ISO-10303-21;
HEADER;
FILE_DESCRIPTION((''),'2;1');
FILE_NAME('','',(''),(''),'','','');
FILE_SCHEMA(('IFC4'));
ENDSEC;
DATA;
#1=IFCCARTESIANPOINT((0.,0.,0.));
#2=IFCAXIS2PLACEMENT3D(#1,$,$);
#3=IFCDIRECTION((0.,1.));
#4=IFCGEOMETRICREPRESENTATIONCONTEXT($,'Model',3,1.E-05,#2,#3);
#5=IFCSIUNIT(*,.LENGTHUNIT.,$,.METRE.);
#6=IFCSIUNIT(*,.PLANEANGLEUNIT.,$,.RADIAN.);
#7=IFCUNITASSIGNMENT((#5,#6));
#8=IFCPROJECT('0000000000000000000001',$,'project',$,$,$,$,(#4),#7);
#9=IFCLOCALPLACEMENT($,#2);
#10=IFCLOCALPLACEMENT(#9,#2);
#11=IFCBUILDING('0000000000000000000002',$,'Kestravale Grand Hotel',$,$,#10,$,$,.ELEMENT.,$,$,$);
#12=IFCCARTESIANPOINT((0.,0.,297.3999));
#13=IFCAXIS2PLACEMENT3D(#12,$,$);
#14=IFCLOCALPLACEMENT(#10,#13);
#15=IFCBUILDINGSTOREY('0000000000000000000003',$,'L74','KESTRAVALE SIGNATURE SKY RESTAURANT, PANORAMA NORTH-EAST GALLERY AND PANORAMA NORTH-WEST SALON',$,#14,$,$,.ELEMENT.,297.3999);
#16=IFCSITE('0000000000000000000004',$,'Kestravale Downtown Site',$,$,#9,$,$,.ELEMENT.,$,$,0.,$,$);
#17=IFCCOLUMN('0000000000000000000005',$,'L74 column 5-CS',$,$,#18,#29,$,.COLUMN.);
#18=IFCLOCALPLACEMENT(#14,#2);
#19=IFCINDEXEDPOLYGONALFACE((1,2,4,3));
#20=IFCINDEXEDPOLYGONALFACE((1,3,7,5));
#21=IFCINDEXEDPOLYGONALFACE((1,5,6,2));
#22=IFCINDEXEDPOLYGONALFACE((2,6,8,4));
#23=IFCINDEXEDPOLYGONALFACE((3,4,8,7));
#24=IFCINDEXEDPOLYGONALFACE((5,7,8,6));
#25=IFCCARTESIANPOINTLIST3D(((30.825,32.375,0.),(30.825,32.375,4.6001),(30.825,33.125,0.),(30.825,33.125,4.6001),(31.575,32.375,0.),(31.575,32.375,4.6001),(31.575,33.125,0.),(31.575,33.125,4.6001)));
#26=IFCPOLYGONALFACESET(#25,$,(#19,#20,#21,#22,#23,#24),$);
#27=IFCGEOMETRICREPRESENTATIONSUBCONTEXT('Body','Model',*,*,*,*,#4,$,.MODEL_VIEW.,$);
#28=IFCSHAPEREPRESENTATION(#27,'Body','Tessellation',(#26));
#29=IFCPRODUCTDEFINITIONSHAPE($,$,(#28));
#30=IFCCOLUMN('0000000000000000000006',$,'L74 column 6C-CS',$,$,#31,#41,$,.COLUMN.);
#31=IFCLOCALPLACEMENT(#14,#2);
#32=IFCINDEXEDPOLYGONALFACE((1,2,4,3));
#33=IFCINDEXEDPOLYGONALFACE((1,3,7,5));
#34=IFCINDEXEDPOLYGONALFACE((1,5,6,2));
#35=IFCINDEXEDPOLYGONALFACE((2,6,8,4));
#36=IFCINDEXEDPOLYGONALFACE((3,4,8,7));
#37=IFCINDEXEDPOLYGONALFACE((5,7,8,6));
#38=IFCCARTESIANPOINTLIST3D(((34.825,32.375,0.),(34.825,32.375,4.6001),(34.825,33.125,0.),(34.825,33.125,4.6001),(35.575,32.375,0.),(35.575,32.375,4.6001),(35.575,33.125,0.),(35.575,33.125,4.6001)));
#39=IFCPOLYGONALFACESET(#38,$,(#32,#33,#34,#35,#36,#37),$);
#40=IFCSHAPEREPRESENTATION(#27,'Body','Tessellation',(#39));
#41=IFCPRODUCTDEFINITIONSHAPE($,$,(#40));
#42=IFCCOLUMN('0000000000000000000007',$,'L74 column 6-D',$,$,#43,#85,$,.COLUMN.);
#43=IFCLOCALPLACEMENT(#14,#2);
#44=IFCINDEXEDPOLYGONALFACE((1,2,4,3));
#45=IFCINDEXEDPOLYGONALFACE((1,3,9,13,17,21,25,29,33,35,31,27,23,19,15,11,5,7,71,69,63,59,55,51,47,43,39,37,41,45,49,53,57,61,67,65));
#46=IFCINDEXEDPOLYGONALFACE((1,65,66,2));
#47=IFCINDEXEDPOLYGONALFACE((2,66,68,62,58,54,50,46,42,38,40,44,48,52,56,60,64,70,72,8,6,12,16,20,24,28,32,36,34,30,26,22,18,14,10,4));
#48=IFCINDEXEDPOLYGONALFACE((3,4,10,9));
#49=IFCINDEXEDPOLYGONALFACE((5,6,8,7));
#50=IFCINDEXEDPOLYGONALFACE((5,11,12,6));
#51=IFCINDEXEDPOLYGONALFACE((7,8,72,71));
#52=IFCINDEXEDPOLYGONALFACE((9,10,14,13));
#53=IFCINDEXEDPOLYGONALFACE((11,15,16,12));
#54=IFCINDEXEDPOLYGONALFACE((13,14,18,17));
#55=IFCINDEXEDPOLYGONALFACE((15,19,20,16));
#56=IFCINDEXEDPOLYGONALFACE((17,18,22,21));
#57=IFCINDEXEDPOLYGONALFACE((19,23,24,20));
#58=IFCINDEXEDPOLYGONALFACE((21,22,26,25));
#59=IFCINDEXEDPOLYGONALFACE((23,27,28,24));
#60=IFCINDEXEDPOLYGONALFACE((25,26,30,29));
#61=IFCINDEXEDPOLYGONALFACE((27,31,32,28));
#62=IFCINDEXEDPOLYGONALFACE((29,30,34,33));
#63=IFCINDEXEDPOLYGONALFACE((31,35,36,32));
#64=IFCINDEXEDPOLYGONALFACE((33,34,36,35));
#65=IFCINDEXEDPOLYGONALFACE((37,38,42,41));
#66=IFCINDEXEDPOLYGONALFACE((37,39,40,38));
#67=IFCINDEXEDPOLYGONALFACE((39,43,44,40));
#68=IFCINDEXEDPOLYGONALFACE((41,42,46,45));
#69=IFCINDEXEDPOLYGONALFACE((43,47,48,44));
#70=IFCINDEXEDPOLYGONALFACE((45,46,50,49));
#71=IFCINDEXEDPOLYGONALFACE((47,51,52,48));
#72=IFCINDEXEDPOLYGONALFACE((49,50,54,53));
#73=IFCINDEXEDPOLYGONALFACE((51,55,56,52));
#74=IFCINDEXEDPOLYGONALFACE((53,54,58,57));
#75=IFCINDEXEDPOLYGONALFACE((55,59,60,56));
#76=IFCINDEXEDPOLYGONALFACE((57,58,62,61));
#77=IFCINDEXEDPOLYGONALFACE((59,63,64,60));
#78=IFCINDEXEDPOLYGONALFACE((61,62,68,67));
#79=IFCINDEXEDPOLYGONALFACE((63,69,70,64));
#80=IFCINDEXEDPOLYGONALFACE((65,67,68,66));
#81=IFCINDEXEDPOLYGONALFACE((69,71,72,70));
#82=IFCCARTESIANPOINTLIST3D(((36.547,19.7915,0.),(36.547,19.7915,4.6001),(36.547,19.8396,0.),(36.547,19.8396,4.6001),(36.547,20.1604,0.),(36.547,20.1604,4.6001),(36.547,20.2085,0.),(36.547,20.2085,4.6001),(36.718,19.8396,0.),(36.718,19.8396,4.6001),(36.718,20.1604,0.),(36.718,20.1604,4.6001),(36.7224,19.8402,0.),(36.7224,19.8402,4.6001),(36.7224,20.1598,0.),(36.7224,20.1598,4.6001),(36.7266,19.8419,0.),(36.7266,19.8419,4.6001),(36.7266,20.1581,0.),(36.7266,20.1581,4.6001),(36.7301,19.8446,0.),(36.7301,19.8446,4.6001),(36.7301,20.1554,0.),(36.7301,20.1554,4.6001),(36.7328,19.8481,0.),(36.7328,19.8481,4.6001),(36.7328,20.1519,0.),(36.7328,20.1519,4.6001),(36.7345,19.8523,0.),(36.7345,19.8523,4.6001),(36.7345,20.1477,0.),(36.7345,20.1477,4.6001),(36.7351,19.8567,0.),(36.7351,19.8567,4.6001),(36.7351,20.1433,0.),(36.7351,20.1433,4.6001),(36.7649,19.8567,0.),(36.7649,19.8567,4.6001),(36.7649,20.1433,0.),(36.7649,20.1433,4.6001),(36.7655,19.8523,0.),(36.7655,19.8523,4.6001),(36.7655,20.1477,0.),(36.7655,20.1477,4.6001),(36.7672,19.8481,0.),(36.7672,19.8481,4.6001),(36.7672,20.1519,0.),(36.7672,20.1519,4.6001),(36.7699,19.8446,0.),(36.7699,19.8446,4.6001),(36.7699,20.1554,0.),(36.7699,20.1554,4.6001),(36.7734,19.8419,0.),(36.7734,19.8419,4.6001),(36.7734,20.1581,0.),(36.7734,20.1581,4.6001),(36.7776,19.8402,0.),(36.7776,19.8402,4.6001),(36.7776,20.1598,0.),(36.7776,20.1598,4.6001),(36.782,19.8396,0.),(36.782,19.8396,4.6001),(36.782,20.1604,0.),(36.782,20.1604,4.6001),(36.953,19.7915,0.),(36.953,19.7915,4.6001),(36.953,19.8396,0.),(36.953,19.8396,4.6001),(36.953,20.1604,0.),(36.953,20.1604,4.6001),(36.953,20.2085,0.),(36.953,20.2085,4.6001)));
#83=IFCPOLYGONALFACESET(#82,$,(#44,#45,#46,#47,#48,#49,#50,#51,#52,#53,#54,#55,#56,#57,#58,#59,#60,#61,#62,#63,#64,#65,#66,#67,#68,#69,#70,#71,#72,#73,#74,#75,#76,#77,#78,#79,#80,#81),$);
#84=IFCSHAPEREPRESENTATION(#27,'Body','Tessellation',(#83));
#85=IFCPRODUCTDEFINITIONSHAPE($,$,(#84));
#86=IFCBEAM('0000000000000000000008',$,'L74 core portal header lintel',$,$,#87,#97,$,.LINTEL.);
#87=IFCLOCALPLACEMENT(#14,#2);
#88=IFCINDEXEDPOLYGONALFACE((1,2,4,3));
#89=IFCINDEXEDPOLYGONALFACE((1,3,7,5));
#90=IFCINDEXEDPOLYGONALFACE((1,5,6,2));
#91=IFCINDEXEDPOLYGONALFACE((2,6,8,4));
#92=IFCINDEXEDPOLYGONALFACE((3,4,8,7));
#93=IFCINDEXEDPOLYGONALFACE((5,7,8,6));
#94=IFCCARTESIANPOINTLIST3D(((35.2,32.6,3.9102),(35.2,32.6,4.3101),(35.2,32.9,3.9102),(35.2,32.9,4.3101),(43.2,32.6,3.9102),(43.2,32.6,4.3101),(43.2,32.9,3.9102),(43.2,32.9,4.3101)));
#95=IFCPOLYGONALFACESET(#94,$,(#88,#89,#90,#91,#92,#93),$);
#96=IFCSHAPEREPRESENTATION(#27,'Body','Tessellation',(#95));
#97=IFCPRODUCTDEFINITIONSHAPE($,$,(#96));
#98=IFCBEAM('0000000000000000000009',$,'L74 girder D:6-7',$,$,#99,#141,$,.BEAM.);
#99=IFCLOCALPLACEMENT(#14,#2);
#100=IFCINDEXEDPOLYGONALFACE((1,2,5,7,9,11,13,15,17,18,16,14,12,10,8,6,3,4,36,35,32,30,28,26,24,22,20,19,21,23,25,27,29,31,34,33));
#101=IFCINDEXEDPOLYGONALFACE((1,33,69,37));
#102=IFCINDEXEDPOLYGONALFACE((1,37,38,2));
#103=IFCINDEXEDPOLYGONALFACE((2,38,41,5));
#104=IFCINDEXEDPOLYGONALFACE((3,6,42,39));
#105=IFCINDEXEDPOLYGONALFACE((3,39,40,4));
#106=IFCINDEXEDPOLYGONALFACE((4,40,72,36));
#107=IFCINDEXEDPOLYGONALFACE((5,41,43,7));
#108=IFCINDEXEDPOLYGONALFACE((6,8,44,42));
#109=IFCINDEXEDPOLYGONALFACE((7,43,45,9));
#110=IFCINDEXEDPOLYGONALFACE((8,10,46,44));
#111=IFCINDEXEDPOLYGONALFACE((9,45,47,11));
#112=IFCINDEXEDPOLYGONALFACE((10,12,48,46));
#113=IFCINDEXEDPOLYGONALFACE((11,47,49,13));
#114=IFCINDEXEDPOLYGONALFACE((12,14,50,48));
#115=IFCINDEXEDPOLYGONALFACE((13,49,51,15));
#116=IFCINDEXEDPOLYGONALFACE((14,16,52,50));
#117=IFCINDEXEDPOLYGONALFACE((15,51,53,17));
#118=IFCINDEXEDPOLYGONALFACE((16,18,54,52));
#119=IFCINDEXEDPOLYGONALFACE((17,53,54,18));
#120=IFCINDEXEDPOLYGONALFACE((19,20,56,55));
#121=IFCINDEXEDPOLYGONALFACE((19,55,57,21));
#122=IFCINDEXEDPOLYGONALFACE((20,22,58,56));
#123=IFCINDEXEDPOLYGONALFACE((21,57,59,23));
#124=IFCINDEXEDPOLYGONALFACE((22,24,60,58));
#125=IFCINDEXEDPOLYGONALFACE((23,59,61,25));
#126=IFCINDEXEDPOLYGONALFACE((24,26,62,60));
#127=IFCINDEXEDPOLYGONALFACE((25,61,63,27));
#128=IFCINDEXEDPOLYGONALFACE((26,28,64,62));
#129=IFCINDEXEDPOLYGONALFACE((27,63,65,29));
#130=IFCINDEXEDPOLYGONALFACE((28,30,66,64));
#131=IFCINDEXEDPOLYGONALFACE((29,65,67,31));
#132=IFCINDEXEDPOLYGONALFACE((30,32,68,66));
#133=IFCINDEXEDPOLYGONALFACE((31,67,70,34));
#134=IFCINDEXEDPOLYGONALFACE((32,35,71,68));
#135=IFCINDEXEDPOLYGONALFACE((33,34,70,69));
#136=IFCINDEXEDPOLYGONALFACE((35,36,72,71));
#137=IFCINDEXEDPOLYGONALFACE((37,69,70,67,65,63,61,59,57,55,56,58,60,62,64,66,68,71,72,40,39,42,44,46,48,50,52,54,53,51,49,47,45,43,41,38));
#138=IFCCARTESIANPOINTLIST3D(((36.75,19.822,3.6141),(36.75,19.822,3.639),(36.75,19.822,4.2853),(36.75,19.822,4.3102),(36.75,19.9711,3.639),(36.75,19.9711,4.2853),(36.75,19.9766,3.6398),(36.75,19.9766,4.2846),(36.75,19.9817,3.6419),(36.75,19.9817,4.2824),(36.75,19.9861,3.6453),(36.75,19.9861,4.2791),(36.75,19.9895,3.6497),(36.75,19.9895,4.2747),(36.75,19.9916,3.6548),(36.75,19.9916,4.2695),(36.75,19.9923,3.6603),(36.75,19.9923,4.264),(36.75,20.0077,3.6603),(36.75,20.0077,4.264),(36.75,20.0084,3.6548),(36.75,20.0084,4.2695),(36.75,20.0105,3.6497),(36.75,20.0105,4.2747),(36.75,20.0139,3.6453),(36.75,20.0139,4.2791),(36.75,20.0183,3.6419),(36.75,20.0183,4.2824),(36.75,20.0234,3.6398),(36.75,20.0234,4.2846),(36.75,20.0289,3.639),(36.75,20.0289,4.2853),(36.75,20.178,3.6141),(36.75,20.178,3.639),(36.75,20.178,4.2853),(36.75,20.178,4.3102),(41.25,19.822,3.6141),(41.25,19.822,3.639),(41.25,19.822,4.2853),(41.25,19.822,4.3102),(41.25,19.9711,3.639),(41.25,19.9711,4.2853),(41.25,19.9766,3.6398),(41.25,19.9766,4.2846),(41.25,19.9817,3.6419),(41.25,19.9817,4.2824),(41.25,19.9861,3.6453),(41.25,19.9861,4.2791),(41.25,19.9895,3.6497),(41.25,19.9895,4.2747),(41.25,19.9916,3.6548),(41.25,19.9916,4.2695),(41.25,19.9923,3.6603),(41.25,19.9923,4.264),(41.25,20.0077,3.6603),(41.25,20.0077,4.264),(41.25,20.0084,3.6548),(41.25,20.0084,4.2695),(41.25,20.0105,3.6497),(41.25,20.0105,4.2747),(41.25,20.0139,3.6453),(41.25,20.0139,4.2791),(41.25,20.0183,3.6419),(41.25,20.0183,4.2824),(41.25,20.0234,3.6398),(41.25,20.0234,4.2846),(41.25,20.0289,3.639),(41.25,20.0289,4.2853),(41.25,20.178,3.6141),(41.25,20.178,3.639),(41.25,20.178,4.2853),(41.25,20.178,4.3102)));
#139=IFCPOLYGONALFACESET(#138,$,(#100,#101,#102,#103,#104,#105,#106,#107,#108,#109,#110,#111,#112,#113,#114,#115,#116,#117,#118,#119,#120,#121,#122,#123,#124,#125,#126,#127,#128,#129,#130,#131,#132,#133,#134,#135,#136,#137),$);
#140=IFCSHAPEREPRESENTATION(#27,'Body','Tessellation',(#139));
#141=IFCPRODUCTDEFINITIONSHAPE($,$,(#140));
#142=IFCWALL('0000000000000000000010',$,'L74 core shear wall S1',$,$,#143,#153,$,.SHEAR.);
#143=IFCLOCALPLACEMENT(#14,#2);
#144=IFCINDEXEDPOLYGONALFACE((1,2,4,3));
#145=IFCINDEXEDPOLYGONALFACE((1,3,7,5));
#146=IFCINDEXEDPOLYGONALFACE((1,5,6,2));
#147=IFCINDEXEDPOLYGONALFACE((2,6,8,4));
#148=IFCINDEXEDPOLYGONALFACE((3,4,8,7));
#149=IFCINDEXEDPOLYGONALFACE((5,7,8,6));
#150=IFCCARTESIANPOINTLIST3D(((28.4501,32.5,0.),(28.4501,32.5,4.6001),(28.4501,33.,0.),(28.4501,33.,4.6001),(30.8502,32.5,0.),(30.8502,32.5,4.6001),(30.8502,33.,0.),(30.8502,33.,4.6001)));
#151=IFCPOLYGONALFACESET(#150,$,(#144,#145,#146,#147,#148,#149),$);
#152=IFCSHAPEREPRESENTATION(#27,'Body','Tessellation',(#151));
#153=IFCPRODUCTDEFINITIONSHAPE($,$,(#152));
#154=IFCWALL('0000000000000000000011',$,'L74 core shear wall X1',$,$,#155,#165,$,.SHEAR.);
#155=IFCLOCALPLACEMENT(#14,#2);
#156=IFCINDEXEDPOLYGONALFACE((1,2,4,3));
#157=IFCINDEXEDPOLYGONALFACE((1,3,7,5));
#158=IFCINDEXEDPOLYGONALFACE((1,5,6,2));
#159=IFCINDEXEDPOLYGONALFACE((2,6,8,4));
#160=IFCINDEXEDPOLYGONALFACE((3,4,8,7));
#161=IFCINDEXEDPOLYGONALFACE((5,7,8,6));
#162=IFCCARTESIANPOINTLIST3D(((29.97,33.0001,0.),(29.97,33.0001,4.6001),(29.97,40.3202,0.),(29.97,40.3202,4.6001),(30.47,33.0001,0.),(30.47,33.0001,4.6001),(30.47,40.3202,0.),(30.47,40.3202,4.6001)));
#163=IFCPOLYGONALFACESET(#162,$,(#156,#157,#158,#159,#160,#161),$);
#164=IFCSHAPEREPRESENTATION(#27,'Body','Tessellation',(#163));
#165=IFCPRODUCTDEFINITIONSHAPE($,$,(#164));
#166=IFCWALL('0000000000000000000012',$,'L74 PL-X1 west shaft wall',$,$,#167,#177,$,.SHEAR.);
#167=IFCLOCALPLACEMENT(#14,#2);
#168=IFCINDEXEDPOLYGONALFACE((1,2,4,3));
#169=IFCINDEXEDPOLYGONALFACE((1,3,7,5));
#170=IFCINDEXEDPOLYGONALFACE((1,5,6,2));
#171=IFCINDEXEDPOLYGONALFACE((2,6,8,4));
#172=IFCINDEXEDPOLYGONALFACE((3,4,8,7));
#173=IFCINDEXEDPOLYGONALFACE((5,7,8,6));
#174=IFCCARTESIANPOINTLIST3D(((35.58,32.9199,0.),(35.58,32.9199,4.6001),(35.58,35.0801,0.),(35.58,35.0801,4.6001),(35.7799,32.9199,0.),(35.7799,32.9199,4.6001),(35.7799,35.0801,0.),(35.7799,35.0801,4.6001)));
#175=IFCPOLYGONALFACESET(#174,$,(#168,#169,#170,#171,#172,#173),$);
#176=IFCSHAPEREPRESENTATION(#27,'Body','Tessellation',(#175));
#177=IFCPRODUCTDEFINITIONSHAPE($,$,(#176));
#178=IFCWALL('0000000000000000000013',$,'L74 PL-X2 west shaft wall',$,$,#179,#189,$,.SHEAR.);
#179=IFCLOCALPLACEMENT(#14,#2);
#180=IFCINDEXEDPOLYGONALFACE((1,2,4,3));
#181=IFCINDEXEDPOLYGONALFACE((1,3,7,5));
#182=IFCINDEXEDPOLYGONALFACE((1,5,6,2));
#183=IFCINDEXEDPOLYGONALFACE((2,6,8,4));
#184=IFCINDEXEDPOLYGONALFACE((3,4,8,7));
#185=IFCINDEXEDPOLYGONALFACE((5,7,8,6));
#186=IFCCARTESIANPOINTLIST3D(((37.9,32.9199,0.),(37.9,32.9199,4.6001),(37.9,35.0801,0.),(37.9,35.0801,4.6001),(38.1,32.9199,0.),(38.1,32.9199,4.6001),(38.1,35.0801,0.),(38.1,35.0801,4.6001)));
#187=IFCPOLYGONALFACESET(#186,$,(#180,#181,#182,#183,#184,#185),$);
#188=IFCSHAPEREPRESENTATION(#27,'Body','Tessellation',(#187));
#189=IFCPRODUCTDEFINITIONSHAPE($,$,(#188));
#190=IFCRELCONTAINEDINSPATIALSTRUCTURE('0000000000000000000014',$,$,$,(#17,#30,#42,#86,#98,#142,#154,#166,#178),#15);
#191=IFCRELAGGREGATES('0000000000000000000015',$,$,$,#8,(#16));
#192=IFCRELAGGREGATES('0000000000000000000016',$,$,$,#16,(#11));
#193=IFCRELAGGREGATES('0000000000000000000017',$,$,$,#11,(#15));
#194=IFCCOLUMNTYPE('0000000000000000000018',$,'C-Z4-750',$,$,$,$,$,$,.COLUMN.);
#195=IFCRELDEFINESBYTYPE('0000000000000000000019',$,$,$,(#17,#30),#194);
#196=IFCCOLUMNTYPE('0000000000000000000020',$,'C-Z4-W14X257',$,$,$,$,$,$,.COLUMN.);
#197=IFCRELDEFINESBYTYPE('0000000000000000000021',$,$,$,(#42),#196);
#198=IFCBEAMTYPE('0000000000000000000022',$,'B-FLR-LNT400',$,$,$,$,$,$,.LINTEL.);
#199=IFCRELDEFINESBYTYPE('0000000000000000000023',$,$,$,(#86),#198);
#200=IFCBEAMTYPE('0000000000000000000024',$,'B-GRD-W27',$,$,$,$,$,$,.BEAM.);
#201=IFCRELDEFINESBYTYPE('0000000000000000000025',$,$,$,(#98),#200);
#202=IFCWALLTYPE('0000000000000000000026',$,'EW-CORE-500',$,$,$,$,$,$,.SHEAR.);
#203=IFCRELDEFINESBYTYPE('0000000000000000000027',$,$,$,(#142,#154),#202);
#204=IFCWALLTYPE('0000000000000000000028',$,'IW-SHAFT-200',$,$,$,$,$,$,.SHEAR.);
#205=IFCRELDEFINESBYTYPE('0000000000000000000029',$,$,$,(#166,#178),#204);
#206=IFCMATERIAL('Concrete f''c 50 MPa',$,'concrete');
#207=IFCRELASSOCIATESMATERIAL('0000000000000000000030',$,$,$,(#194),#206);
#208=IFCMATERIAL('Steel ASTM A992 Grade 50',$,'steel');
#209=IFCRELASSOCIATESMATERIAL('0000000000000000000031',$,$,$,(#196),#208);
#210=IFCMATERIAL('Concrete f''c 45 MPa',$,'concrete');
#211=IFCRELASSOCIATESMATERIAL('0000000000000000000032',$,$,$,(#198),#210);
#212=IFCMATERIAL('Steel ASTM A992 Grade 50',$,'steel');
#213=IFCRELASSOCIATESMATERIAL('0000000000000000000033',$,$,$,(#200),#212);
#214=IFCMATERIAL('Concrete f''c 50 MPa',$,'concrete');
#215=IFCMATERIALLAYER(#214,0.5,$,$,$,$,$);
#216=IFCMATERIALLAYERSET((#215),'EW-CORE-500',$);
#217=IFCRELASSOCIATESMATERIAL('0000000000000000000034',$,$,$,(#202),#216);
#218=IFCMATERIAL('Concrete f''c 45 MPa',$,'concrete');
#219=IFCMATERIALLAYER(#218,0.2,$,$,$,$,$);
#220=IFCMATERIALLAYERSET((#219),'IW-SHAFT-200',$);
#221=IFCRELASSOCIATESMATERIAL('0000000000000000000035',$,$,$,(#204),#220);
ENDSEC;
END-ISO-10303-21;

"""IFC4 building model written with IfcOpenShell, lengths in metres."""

from ifc_helpers import new_model, si_unit, direction, frame, frame_2d, origin, origin_2d, place, context, subcontext, project, spatial, rectangle, i_section, extrude, material, layer, layer_set, material_profile, profile_set, type_object, element, save


model = new_model("IFC4")

# Units and contexts
model_context = context("Model", 3, precision=1e-05, world=origin(), true_north=direction((0.0, 1.0)))
body_context = subcontext(model_context, "Body", "Model", "MODEL_VIEW")
ifc_project = project(units=[si_unit("LENGTHUNIT", "METRE"), si_unit("PLANEANGLEUNIT", "RADIAN")], contexts=[model_context])

# Site, building, storey
site_placement = place(None, origin())
site = spatial("IfcSite", under=ifc_project, at=site_placement, Name="Kestravale Downtown Site", CompositionType="ELEMENT", RefElevation=0.0)
building_placement = place(site_placement, origin())
building = spatial("IfcBuilding", under=site, at=building_placement, Name="Kestravale Grand Hotel", CompositionType="ELEMENT")
storey_placement = place(building_placement, frame((0.0, 0.0, 297.3999)))
storey = spatial("IfcBuildingStorey", under=building, at=storey_placement, Name="L74", Description="KESTRAVALE SIGNATURE SKY RESTAURANT, PANORAMA NORTH-EAST GALLERY AND PANORAMA NORTH-WEST SALON", CompositionType="ELEMENT", Elevation=297.3999)

# Columns
ifc_material_1 = material(Name="Concrete f'c 50 MPa", Category="concrete")
ifc_material_profile_1 = material_profile(ifc_material_1, rectangle(XDim=0.75, YDim=0.75, at=origin_2d()))
ifc_profile_set_1 = profile_set([ifc_material_profile_1], Name="Concrete f'c 50 MPa")
column_type_1 = type_object("IfcColumnType", Name="C-Z4-750", PredefinedType="COLUMN", material=ifc_profile_set_1)
for number, where, z_axis, x_axis, name in (
    (1, (31.2, 32.75, 0.0), (0.0, 0.0, 1.0), (1.0, 0.0, 0.0), "L74 column 5-CS"),
    (2, (35.2, 32.75, 0.0), (0.0, 0.0, 1.0), (1.0, 0.0, 0.0), "L74 column 6C-CS"),
):
    element("IfcColumn", number, at=place(storey_placement, frame(where, z_axis=z_axis, x_axis=x_axis)), inside=storey, type_object=column_type_1, Name=name, PredefinedType="COLUMN", context=body_context, shape_type="SweptSolid", body=[
        extrude(rectangle(XDim=0.75, YDim=0.75, at=origin_2d()), origin(), (0.0, 0.0, 1.0), 4.6001),
    ])
ifc_material_2 = material(Name="Steel ASTM A992 Grade 50", Category="steel")
ifc_material_profile_2 = material_profile(ifc_material_2, i_section(OverallWidth=0.406, OverallDepth=0.417, WebThickness=0.0298, FlangeThickness=0.0481, FilletRadius=0.0171, at=origin_2d()))
ifc_profile_set_2 = profile_set([ifc_material_profile_2], Name="Steel ASTM A992 Grade 50")
column_type_2 = type_object("IfcColumnType", Name="C-Z4-W14X257", PredefinedType="COLUMN", material=ifc_profile_set_2)
column_placement = place(storey_placement, frame((36.75, 20.0, 0.0), z_axis=(0.0, 0.0, 1.0), x_axis=(1.0, 0.0, 0.0)))
element("IfcColumn", 3, at=column_placement, inside=storey, type_object=column_type_2, Name="L74 column 6-D", PredefinedType="COLUMN", context=body_context, shape_type="SweptSolid", body=[
    extrude(i_section(OverallWidth=0.406, OverallDepth=0.417, WebThickness=0.0298, FlangeThickness=0.0481, FilletRadius=0.0171, at=origin_2d()), origin(), (0.0, 0.0, 1.0), 4.6001),
])

# Beams
ifc_material_3 = material(Name="Concrete f'c 45 MPa", Category="concrete")
ifc_material_profile_3 = material_profile(ifc_material_3, rectangle(XDim=0.3, YDim=0.3999, at=origin_2d()))
ifc_profile_set_3 = profile_set([ifc_material_profile_3], Name="Concrete f'c 45 MPa")
beam_type_1 = type_object("IfcBeamType", Name="B-FLR-LNT400", PredefinedType="LINTEL", material=ifc_profile_set_3)
beam_1_placement = place(storey_placement, frame((35.2, 32.75, 4.1101), z_axis=(1.0, 0.0, 0.0), x_axis=(0.0, 1.0, 0.0)))
element("IfcBeam", 4, at=beam_1_placement, inside=storey, type_object=beam_type_1, Name="L74 core portal header lintel", PredefinedType="LINTEL", context=body_context, shape_type="SweptSolid", body=[
    extrude(rectangle(XDim=0.3, YDim=0.3999, at=origin_2d()), origin(), (0.0, 0.0, 1.0), 8.0),
])
ifc_material_4 = material(Name="Steel ASTM A992 Grade 50", Category="steel")
ifc_material_profile_4 = material_profile(ifc_material_4, i_section(OverallWidth=0.356, OverallDepth=0.696, WebThickness=0.0154, FlangeThickness=0.0249, FilletRadius=0.0212, at=origin_2d()))
ifc_profile_set_4 = profile_set([ifc_material_profile_4], Name="Steel ASTM A992 Grade 50")
beam_type_2 = type_object("IfcBeamType", Name="B-GRD-W27", PredefinedType="BEAM", material=ifc_profile_set_4)
beam_2_placement = place(storey_placement, frame((36.75, 20.0, 3.9622), z_axis=(1.0, 0.0, 0.0), x_axis=(0.0, 1.0, 0.0)))
element("IfcBeam", 5, at=beam_2_placement, inside=storey, type_object=beam_type_2, Name="L74 girder D:6-7", PredefinedType="BEAM", context=body_context, shape_type="SweptSolid", body=[
    extrude(i_section(OverallWidth=0.356, OverallDepth=0.696, WebThickness=0.0154, FlangeThickness=0.0249, FilletRadius=0.0212, at=origin_2d()), origin(), (0.0, 0.0, 1.0), 4.5),
])

# Walls
ifc_material_5 = material(Name="Concrete f'c 50 MPa", Category="concrete")
ifc_layer_1 = layer(ifc_material_5, 0.5)
ifc_layer_set_1 = layer_set([ifc_layer_1], Name="EW-CORE-500")
wall_type_1 = type_object("IfcWallType", Name="EW-CORE-500", PredefinedType="SHEAR", material=ifc_layer_set_1)
wall_1_placement = place(storey_placement, frame((28.45, 32.75, 0.0), z_axis=(0.0, 0.0, 1.0), x_axis=(1.0, 0.0, 0.0)))
element("IfcWall", 6, at=wall_1_placement, inside=storey, type_object=wall_type_1, Name="L74 core shear wall S1", PredefinedType="SHEAR", context=body_context, shape_type="SweptSolid", body=[
    extrude(rectangle(XDim=2.4001, YDim=0.5, at=frame_2d((1.2002, 0.0))), origin(), (0.0, 0.0, 1.0), 4.6001),
])
wall_2_placement = place(storey_placement, frame((30.22, 33.0, 0.0), z_axis=(0.0, 0.0, 1.0), x_axis=(0.0, 1.0, 0.0)))
element("IfcWall", 7, at=wall_2_placement, inside=storey, type_object=wall_type_1, Name="L74 core shear wall X1", PredefinedType="SHEAR", context=body_context, shape_type="SweptSolid", body=[
    extrude(rectangle(XDim=7.3201, YDim=0.5, at=frame_2d((3.6602, 0.0))), origin(), (0.0, 0.0, 1.0), 4.6001),
])
ifc_material_6 = material(Name="Concrete f'c 45 MPa", Category="concrete")
ifc_layer_2 = layer(ifc_material_6, 0.2)
ifc_layer_set_2 = layer_set([ifc_layer_2], Name="IW-SHAFT-200")
wall_type_2 = type_object("IfcWallType", Name="IW-SHAFT-200", PredefinedType="SHEAR", material=ifc_layer_set_2)
for number, where, z_axis, x_axis, name in (
    (8, (35.6799, 32.9199, 0.0), (0.0, 0.0, 1.0), (0.0, 1.0, 0.0), "L74 PL-X1 west shaft wall"),
    (9, (38.0, 32.9199, 0.0), (0.0, 0.0, 1.0), (0.0, 1.0, 0.0), "L74 PL-X2 west shaft wall"),
):
    element("IfcWall", number, at=place(storey_placement, frame(where, z_axis=z_axis, x_axis=x_axis)), inside=storey, type_object=wall_type_2, Name=name, PredefinedType="SHEAR", context=body_context, shape_type="SweptSolid", body=[
        extrude(rectangle(XDim=2.1602, YDim=0.2, at=frame_2d((1.0801, 0.0))), origin(), (0.0, 0.0, 1.0), 4.6001),
    ])

save(model, "model.ifc")
